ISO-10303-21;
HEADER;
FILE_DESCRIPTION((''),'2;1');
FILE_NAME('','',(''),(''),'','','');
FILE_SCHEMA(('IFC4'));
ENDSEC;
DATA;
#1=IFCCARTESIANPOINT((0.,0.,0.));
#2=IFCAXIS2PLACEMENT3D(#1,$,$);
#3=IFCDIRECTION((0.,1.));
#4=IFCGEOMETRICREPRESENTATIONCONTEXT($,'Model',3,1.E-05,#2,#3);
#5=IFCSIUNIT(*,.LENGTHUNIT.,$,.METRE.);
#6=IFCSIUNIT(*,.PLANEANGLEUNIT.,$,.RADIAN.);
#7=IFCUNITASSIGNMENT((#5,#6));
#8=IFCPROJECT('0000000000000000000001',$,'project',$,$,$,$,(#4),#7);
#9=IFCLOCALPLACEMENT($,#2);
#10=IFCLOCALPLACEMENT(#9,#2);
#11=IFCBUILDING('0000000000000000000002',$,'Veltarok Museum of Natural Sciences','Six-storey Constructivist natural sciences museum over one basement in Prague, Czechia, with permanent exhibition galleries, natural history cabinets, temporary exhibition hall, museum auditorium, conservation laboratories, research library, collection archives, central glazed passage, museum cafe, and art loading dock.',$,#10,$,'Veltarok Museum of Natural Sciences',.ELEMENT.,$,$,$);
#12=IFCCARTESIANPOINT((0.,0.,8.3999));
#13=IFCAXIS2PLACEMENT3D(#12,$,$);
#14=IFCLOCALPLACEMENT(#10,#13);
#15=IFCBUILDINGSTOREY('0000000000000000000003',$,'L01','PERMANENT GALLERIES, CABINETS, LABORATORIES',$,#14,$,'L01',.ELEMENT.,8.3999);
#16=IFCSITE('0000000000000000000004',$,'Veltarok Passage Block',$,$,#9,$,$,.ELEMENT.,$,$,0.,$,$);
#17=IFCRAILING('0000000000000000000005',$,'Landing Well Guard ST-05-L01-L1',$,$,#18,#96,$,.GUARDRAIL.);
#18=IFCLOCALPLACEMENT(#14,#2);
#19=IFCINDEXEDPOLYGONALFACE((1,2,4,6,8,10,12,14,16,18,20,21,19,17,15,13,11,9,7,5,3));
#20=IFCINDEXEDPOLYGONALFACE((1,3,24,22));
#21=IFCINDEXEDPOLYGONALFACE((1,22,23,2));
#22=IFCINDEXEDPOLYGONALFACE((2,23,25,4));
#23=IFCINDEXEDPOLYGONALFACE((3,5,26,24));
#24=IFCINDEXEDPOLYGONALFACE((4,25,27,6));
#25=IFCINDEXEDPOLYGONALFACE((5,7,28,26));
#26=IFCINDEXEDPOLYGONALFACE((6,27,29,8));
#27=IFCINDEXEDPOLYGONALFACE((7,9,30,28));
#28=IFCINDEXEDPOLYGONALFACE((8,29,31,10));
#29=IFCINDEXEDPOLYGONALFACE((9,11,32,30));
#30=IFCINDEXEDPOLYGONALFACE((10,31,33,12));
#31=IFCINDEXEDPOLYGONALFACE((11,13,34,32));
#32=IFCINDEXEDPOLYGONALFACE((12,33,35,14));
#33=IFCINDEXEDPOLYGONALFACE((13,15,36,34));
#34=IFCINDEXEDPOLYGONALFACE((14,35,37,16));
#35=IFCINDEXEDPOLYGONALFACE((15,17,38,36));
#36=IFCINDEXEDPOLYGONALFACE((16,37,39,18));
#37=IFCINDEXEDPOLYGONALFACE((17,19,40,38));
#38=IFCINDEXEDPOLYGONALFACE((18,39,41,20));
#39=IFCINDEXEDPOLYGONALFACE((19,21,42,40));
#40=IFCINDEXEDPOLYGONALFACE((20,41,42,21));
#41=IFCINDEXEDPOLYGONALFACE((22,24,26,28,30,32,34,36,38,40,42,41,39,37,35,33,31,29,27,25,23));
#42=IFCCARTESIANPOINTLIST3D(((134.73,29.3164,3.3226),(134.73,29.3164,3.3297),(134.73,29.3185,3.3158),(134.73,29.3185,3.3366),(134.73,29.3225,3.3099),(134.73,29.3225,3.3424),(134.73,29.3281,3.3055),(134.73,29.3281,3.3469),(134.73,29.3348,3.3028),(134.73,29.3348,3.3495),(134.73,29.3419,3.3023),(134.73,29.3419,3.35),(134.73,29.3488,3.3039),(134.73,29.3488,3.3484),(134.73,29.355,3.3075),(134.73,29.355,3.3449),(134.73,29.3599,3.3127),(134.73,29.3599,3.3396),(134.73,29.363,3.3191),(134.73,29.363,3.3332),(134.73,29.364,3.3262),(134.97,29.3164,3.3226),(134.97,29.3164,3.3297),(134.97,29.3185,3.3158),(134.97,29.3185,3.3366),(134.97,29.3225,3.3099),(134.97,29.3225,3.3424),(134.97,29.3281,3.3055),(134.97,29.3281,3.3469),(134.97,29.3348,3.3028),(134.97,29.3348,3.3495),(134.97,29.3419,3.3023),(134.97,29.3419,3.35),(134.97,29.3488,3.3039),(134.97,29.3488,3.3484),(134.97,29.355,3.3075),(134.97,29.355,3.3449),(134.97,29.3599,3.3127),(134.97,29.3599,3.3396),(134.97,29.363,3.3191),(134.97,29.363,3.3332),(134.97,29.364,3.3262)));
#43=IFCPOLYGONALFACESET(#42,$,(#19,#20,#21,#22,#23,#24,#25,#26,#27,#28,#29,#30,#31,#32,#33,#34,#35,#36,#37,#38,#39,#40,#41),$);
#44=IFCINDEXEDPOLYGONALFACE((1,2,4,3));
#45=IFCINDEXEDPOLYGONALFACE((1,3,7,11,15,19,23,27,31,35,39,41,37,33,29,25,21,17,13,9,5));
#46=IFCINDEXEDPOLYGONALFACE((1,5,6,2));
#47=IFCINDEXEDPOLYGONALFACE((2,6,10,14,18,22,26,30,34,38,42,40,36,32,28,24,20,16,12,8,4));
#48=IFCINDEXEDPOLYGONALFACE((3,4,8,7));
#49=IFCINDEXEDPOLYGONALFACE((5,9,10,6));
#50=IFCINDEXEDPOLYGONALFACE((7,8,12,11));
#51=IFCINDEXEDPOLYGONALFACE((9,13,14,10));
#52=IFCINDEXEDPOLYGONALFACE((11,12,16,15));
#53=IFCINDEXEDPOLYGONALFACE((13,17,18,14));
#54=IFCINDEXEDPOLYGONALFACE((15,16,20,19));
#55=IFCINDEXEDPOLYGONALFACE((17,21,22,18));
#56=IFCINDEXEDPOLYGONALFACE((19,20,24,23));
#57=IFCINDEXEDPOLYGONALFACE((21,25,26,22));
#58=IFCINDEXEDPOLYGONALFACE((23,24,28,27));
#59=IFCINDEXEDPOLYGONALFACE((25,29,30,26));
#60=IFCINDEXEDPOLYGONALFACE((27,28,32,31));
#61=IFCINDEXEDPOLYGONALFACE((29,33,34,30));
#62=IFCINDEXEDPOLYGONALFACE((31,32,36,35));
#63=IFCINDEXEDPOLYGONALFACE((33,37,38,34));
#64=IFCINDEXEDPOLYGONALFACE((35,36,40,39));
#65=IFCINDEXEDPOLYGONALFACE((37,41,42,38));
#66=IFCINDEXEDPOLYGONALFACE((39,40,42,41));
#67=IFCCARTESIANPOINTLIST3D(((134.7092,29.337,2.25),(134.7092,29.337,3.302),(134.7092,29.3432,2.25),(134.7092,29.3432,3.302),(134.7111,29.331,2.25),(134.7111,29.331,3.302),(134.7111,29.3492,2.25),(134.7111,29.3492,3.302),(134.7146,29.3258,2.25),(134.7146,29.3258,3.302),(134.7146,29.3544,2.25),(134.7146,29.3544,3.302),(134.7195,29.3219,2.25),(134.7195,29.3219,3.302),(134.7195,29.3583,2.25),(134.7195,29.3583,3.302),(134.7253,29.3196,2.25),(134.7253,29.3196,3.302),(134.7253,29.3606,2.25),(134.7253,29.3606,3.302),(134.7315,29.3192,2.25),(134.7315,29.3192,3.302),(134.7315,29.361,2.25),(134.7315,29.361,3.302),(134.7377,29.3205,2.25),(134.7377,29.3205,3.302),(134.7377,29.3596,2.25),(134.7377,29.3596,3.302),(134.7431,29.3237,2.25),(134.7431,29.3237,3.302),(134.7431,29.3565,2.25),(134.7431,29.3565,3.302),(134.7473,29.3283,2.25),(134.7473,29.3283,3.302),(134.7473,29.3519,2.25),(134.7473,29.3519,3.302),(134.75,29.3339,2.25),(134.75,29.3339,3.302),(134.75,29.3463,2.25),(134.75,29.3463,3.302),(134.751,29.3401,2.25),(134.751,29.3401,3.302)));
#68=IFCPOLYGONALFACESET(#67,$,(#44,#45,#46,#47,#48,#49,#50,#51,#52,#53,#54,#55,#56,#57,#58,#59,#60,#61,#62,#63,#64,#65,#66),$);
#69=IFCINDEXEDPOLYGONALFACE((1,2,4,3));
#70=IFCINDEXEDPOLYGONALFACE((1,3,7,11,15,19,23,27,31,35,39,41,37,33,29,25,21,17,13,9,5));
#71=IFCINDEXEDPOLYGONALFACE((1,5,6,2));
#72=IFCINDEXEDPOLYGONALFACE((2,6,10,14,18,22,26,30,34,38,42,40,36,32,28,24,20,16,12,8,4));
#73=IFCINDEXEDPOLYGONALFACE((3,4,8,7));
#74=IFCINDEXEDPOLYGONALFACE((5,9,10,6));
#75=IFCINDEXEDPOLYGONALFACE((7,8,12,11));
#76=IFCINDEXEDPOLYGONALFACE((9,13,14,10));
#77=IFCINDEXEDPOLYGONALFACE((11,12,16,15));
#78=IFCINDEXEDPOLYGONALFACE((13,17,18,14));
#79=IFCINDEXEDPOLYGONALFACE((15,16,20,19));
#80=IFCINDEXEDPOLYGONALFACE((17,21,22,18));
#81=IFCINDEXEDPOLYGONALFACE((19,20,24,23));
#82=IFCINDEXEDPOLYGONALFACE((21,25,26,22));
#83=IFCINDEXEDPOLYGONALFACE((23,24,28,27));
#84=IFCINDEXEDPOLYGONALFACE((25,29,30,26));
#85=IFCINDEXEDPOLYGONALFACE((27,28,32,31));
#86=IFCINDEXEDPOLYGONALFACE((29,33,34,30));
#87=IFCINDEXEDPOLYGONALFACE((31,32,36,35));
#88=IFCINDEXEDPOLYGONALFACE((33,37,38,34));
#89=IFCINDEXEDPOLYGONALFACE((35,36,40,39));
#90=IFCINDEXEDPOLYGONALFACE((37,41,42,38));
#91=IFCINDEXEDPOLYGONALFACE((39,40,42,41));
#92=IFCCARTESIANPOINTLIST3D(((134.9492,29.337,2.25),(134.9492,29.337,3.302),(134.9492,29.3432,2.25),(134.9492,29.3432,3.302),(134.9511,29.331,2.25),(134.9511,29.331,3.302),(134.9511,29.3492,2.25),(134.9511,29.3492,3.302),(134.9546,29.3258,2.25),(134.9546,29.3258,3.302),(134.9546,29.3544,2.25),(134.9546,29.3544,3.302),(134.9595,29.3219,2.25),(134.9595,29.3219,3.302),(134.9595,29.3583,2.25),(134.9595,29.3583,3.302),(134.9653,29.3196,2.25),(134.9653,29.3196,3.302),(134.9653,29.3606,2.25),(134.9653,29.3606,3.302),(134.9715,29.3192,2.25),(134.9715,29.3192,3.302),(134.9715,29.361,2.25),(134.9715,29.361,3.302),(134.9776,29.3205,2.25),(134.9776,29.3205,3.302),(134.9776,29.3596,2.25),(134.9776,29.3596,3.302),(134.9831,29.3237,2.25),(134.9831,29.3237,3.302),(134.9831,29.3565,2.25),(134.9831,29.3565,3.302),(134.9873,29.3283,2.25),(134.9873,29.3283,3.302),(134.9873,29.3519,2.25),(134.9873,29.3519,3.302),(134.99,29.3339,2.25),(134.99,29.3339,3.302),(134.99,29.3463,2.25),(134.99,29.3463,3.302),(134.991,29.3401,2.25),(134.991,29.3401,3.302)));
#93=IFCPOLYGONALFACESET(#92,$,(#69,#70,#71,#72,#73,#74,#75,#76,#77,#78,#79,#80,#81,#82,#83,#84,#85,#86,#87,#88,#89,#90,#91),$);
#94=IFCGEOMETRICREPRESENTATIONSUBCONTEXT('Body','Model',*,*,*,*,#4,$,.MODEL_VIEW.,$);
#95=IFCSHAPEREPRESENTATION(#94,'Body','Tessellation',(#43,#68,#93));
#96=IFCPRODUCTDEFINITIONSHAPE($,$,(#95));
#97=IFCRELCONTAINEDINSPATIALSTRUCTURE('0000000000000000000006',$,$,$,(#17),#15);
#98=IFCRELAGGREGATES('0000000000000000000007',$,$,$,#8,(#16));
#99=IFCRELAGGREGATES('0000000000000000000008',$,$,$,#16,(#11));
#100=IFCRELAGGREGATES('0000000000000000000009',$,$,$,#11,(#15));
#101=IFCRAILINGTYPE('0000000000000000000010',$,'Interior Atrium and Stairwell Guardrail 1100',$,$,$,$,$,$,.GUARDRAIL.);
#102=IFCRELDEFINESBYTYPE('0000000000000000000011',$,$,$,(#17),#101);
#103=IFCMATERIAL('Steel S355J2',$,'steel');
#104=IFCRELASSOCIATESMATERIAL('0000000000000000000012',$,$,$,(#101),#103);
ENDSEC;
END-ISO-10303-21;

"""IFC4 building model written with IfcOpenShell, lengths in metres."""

from ifc_helpers import new_model, si_unit, direction, frame, origin, origin_2d, place, context, subcontext, project, spatial, circle, extrude, material, type_object, element, save


model = new_model("IFC4")

# Units and contexts
model_context = context("Model", 3, precision=1e-05, world=origin(), true_north=direction((0.0, 1.0)))
body_context = subcontext(model_context, "Body", "Model", "MODEL_VIEW")
ifc_project = project(units=[si_unit("LENGTHUNIT", "METRE"), si_unit("PLANEANGLEUNIT", "RADIAN")], contexts=[model_context])

# Site, building, storey
site_placement = place(None, origin())
site = spatial("IfcSite", under=ifc_project, at=site_placement, Name="Veltarok Passage Block", CompositionType="ELEMENT", RefElevation=0.0)
building_placement = place(site_placement, origin())
building = spatial("IfcBuilding", under=site, at=building_placement, Name="Veltarok Museum of Natural Sciences", Description="Six-storey Constructivist natural sciences museum over one basement in Prague, Czechia, with permanent exhibition galleries, natural history cabinets, temporary exhibition hall, museum auditorium, conservation laboratories, research library, collection archives, central glazed passage, museum cafe, and art loading dock.", LongName="Veltarok Museum of Natural Sciences", CompositionType="ELEMENT")
storey_placement = place(building_placement, frame((0.0, 0.0, 8.3999)))
storey = spatial("IfcBuildingStorey", under=building, at=storey_placement, Name="L01", Description="PERMANENT GALLERIES, CABINETS, LABORATORIES", LongName="L01", CompositionType="ELEMENT", Elevation=8.3999)

# Railing
ifc_material_1 = material(Name="Steel S355J2", Category="steel")
railing_type_1 = type_object("IfcRailingType", Name="Interior Atrium and Stairwell Guardrail 1100", PredefinedType="GUARDRAIL", material=ifc_material_1)
for number, where, name in (
    (1, (134.73, 29.3401, 2.25), "Landing Well Guard ST-05-L01-L1"),
):
    element("IfcRailing", number, at=place(storey_placement, frame(where)), inside=storey, type_object=railing_type_1, Name=name, PredefinedType="GUARDRAIL", context=body_context, shape_type="SweptSolid", body=[
        extrude(circle(Radius=0.0239, at=origin_2d()), frame((0.0, 0.0, 1.0762), z_axis=(1.0, 0.0, 0.0), x_axis=(0.0, 1.0, 0.0)), (0.0, 0.0, 1.0), 0.24),
        extrude(circle(Radius=0.021, at=origin_2d()), origin(), (0.0, 0.0, 1.0), 1.052),
        extrude(circle(Radius=0.021, at=origin_2d()), frame((0.24, 0.0, 0.0)), (0.0, 0.0, 1.0), 1.052),
    ])

save(model, "model.ifc")
